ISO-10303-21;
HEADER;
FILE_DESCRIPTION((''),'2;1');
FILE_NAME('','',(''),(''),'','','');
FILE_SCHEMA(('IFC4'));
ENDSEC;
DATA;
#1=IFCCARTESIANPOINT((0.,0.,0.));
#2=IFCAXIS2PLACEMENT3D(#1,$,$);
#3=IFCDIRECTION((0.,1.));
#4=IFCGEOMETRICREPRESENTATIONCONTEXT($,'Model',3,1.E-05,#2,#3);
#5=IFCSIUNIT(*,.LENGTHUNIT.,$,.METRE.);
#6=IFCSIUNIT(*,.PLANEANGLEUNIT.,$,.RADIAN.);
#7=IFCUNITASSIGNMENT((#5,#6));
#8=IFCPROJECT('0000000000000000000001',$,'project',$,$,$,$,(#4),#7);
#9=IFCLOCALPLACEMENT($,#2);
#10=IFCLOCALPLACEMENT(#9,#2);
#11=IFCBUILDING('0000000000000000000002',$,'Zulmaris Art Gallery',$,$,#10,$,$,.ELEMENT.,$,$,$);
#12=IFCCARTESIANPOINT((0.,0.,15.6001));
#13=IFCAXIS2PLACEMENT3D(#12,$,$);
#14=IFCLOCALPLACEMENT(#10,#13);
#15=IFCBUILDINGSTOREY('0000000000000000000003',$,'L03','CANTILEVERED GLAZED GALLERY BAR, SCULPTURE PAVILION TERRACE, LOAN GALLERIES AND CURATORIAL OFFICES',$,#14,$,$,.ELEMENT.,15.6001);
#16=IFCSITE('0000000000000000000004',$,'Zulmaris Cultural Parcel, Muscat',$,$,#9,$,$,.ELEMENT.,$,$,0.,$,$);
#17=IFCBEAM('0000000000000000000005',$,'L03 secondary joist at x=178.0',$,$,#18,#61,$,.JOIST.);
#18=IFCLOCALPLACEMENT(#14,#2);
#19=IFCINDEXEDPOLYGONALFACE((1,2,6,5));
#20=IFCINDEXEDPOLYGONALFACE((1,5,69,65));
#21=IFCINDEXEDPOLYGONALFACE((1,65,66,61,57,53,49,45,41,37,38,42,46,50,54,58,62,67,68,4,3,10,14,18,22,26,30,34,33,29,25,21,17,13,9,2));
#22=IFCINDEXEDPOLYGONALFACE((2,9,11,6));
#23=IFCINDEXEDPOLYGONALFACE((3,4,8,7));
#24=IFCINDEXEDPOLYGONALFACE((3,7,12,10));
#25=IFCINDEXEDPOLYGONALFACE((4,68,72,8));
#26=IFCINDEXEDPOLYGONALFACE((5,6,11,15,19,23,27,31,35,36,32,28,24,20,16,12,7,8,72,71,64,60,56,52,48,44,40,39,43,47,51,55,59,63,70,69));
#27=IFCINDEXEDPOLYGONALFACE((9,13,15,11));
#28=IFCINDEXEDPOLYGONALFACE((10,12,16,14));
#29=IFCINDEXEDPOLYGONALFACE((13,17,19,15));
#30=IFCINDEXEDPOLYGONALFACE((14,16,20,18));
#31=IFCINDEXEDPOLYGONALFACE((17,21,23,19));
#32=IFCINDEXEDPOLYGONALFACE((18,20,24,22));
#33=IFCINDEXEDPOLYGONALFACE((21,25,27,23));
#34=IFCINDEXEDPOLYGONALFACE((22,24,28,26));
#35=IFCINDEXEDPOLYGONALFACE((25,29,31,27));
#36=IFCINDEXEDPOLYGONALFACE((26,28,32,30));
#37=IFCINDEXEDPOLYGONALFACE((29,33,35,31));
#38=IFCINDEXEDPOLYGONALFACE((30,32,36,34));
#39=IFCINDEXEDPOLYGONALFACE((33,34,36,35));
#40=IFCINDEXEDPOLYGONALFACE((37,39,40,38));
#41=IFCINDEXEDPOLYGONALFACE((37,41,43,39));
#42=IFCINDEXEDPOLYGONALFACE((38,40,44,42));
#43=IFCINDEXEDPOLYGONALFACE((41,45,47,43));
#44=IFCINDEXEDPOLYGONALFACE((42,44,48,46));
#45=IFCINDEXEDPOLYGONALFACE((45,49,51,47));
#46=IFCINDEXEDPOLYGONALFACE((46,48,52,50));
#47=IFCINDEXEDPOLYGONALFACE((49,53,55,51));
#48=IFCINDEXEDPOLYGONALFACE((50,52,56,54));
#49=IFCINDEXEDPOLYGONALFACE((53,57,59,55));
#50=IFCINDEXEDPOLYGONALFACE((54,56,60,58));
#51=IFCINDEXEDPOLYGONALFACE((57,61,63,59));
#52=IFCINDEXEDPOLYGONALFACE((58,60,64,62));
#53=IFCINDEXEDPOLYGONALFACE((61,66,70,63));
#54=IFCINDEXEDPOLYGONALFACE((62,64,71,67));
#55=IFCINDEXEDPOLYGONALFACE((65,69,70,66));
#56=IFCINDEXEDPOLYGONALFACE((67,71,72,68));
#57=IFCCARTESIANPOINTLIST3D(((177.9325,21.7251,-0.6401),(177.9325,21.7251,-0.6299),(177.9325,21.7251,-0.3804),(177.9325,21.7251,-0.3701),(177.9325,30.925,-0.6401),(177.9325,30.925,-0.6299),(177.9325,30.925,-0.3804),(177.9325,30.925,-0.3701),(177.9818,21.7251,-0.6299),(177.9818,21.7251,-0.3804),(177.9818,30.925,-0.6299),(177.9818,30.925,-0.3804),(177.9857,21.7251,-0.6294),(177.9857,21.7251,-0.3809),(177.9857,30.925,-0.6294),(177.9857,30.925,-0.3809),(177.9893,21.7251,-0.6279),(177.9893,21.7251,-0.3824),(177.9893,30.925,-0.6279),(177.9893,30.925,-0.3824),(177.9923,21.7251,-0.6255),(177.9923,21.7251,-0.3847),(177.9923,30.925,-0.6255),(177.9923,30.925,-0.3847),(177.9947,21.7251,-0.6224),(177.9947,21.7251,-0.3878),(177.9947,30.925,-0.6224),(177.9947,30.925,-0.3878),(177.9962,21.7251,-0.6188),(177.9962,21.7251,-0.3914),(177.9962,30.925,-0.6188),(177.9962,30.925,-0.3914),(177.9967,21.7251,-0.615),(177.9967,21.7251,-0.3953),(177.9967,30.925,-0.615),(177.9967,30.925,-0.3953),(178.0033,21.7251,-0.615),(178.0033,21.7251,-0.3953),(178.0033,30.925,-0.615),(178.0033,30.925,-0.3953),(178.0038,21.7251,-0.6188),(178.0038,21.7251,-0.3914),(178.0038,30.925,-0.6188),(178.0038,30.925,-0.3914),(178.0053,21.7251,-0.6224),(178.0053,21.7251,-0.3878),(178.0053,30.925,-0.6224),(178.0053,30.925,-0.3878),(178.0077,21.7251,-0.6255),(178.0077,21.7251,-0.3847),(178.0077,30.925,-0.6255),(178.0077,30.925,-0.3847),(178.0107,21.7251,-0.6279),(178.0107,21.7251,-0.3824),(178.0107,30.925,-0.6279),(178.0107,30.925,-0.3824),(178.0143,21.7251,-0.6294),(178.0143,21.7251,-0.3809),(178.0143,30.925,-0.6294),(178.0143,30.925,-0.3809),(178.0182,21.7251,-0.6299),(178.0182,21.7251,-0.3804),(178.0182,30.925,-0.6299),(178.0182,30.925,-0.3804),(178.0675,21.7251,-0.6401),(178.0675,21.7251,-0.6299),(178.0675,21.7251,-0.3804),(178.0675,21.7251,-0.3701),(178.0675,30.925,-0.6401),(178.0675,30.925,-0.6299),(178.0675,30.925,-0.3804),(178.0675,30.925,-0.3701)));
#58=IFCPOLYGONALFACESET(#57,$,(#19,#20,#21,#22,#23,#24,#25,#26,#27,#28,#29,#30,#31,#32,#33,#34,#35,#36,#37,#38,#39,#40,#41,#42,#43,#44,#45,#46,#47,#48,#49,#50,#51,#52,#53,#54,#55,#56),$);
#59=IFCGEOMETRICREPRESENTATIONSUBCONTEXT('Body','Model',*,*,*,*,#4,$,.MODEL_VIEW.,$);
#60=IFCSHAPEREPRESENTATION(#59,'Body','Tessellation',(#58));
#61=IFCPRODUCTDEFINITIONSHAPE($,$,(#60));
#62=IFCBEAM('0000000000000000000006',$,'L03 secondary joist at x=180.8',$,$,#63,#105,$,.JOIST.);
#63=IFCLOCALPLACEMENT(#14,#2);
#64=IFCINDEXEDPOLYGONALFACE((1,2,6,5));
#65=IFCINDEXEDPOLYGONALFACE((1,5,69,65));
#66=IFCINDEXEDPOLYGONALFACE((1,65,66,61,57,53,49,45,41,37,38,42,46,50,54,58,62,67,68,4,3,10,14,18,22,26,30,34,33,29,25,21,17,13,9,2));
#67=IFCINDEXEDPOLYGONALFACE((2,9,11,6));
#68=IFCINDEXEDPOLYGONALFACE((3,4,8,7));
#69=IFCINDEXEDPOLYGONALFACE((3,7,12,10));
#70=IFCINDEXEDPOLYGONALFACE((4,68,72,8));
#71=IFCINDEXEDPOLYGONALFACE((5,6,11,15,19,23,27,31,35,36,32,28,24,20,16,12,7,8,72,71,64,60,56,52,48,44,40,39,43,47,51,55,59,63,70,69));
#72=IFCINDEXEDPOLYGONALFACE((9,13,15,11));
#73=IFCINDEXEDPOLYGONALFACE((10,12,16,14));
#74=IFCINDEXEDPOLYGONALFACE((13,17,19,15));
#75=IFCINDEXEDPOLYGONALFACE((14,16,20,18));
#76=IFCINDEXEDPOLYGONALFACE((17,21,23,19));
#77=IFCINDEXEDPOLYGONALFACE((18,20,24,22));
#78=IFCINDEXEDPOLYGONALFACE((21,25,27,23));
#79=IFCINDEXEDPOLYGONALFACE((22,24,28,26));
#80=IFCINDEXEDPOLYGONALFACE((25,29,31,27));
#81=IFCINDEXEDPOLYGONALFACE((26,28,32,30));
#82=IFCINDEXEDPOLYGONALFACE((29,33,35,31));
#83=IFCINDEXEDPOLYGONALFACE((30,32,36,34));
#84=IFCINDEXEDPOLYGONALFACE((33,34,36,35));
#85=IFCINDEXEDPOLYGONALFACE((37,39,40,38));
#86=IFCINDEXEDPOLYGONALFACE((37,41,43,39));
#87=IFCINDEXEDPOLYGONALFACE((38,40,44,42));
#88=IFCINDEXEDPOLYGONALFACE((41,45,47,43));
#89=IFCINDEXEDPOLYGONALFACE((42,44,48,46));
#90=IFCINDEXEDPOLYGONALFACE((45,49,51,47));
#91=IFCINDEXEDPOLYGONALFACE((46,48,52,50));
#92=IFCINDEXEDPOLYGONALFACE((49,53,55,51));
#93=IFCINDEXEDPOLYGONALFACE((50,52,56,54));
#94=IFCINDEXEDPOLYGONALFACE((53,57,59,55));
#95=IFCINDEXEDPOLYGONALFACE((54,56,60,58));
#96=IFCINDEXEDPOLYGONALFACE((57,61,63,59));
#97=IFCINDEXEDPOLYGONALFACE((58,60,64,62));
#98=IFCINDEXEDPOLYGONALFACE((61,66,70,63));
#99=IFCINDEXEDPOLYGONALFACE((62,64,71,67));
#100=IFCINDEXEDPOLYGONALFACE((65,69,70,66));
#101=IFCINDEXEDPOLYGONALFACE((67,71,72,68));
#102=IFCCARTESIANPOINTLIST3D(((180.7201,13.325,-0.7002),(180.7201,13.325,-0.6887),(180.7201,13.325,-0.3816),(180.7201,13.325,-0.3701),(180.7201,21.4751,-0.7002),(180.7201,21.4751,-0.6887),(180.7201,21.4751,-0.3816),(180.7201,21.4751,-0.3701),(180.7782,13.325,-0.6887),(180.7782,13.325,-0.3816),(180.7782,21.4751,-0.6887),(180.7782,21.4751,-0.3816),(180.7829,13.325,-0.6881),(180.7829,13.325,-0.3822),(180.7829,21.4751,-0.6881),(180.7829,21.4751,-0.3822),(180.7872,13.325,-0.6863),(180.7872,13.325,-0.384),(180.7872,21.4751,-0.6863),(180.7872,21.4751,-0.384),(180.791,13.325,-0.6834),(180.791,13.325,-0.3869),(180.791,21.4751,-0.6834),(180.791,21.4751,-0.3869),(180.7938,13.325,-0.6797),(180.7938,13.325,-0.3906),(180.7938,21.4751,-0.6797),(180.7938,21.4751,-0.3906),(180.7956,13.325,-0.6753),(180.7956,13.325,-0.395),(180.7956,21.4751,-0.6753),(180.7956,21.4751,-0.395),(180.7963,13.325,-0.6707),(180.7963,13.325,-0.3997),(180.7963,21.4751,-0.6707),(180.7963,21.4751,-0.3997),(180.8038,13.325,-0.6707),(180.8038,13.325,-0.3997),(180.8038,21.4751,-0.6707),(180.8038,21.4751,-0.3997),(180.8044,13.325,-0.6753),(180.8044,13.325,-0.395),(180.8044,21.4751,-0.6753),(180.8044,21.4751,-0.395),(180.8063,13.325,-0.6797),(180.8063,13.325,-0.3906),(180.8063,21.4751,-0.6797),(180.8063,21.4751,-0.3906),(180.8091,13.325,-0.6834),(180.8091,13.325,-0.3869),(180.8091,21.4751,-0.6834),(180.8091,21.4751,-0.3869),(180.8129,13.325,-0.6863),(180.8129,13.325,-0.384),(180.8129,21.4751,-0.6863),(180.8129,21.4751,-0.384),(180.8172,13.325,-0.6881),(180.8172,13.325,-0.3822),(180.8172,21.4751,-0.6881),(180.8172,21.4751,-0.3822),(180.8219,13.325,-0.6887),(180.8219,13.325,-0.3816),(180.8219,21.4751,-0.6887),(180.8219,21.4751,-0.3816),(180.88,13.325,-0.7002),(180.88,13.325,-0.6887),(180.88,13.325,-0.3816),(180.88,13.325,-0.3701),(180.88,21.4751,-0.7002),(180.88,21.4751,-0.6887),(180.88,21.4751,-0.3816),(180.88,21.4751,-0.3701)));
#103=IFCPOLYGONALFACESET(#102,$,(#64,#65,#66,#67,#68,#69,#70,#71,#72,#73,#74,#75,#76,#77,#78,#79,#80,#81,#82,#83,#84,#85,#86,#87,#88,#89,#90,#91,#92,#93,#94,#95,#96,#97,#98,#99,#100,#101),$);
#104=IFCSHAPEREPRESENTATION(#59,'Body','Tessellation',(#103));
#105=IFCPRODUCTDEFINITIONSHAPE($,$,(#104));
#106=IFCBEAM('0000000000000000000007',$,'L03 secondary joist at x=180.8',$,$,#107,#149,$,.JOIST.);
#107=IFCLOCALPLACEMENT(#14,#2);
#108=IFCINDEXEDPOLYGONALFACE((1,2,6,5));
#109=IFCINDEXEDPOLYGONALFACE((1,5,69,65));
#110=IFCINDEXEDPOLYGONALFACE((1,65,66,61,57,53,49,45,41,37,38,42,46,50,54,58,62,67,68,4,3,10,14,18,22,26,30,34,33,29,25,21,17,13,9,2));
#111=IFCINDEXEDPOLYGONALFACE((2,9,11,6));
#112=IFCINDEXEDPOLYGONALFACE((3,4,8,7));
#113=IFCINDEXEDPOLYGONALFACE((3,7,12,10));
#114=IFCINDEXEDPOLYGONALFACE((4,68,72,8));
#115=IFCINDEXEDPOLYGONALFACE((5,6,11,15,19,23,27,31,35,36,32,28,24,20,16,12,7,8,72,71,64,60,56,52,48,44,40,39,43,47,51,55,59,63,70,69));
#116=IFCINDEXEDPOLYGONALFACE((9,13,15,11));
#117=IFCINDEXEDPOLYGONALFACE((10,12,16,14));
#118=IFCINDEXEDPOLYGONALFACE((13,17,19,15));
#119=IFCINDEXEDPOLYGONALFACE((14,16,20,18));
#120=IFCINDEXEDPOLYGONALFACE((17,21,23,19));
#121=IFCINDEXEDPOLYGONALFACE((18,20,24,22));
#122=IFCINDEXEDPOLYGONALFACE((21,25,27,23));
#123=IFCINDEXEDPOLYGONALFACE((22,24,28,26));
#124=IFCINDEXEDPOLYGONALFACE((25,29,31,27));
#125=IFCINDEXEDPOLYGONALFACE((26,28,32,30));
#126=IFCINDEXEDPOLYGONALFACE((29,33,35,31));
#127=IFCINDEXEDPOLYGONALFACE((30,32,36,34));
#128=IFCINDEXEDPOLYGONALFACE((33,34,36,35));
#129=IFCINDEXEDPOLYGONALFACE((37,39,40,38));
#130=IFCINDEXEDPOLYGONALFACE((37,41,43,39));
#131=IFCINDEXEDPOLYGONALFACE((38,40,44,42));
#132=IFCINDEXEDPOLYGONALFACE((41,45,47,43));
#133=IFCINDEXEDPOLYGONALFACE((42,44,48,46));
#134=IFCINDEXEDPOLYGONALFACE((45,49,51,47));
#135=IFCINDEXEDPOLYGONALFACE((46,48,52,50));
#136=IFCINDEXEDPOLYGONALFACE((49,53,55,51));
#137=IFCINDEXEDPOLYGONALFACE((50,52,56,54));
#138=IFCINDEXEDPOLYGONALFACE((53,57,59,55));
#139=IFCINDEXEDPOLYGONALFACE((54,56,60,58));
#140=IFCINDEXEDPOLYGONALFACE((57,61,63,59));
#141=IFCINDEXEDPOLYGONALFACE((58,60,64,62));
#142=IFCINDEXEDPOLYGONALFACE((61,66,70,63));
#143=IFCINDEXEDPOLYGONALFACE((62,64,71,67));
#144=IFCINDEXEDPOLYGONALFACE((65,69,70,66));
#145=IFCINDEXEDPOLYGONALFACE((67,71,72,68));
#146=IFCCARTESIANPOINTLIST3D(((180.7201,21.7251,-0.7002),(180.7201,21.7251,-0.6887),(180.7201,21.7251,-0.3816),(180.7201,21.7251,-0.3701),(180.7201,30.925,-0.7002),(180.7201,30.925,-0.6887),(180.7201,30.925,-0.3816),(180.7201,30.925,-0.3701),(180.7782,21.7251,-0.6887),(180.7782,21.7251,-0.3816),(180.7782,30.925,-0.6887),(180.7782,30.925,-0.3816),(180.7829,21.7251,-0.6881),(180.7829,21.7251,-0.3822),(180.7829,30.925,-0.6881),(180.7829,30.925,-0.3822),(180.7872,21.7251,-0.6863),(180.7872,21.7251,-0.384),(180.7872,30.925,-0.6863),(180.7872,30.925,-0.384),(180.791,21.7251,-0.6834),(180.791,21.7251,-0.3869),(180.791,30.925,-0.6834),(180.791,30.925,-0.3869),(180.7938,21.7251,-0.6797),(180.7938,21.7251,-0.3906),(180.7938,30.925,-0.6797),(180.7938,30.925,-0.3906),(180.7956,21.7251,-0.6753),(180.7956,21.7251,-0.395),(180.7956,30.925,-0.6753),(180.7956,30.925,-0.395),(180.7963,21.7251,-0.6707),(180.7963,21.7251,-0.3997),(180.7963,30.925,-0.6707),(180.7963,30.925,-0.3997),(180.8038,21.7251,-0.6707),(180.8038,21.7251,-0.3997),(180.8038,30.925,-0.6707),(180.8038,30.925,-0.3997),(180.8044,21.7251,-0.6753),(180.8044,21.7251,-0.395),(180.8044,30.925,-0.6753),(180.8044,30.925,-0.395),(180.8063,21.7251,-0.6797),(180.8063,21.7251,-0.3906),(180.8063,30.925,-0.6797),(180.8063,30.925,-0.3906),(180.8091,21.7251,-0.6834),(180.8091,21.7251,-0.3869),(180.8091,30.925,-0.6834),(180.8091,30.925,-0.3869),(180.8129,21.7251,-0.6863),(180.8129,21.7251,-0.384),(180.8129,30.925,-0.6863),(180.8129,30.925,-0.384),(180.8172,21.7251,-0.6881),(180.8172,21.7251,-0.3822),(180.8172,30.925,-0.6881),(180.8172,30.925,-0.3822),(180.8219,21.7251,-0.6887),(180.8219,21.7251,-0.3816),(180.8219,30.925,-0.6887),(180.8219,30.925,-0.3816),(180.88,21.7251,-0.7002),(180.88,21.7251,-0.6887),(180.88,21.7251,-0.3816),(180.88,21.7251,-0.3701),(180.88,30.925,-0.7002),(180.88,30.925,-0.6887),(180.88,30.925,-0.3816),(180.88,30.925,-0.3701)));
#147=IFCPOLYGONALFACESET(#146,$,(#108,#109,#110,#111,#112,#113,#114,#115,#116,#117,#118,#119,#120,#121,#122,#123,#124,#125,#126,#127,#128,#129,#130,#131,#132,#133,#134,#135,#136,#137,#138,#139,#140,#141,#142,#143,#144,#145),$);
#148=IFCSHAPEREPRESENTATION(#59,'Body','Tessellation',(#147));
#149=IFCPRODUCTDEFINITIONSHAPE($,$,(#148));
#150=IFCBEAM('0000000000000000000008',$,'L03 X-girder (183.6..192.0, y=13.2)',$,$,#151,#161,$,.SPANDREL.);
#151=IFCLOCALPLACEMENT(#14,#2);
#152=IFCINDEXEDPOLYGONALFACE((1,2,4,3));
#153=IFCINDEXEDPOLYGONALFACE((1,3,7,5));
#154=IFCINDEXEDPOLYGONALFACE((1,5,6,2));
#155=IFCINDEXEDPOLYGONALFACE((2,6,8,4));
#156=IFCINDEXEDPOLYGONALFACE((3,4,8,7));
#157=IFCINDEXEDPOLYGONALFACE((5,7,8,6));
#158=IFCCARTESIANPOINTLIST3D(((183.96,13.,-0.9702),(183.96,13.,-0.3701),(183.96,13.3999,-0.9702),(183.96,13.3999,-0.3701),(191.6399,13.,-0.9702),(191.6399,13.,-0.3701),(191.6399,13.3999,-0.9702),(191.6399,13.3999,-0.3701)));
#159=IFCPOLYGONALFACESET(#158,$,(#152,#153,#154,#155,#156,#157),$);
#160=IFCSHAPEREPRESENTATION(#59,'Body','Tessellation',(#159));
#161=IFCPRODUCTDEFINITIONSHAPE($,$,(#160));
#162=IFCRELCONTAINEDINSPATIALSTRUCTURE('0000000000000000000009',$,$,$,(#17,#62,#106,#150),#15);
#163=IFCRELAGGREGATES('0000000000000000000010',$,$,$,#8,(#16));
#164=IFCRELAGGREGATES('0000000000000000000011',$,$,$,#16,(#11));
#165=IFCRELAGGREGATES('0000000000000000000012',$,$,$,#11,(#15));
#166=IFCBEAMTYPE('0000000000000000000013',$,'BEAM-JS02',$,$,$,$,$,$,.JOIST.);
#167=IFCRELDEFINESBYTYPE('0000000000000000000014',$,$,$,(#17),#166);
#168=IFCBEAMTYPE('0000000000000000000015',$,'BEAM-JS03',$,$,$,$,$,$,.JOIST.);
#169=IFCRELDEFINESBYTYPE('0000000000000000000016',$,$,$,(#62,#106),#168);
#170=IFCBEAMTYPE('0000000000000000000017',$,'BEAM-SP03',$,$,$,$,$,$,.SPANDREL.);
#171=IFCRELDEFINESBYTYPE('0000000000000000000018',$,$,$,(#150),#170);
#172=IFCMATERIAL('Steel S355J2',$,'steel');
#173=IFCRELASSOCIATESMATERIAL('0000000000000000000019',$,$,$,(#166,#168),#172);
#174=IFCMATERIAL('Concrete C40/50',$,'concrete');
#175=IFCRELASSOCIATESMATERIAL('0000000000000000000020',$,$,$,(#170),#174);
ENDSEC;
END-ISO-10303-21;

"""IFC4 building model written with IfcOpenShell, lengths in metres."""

from ifc_helpers import new_model, si_unit, direction, frame, origin, origin_2d, place, context, subcontext, project, spatial, rectangle, i_section, extrude, material, material_profile, profile_set, type_object, element, save


model = new_model("IFC4")

# Units and contexts
model_context = context("Model", 3, precision=1e-05, world=origin(), true_north=direction((0.0, 1.0)))
body_context = subcontext(model_context, "Body", "Model", "MODEL_VIEW")
ifc_project = project(units=[si_unit("LENGTHUNIT", "METRE"), si_unit("PLANEANGLEUNIT", "RADIAN")], contexts=[model_context])

# Site, building, storey
site_placement = place(None, origin())
site = spatial("IfcSite", under=ifc_project, at=site_placement, Name="Zulmaris Cultural Parcel, Muscat", CompositionType="ELEMENT", RefElevation=0.0)
building_placement = place(site_placement, origin())
building = spatial("IfcBuilding", under=site, at=building_placement, Name="Zulmaris Art Gallery", CompositionType="ELEMENT")
storey_placement = place(building_placement, frame((0.0, 0.0, 15.6001)))
storey = spatial("IfcBuildingStorey", under=building, at=storey_placement, Name="L03", Description="CANTILEVERED GLAZED GALLERY BAR, SCULPTURE PAVILION TERRACE, LOAN GALLERIES AND CURATORIAL OFFICES", CompositionType="ELEMENT", Elevation=15.6001)

# Shared definitions
ifc_material_1 = material(Name="Concrete C40/50", Category="concrete")

# Beams
ifc_material_2 = material(Name="Steel S355J2", Category="steel")
ifc_material_profile_1 = material_profile(ifc_material_2, i_section(OverallWidth=0.135, OverallDepth=0.27, WebThickness=0.0066, FlangeThickness=0.0103, FilletRadius=0.0149, at=origin_2d()), Name="IPE 270")
ifc_profile_set_1 = profile_set([ifc_material_profile_1], Name="Steel S355J2")
beam_type_1 = type_object("IfcBeamType", Name="BEAM-JS02", PredefinedType="JOIST", material=ifc_profile_set_1)
beam_1_placement = place(storey_placement, frame((178.0, 21.7251, -0.5051), z_axis=(0.0, 1.0, 0.0), x_axis=(-1.0, 0.0, 0.0)))
element("IfcBeam", 1, at=beam_1_placement, inside=storey, type_object=beam_type_1, Name="L03 secondary joist at x=178.0", PredefinedType="JOIST", context=body_context, shape_type="SweptSolid", body=[
    extrude(i_section(OverallWidth=0.135, OverallDepth=0.27, WebThickness=0.0066, FlangeThickness=0.0103, FilletRadius=0.0149, at=origin_2d()), origin(), (0.0, 0.0, 1.0), 9.2),
])
ifc_material_profile_2 = material_profile(ifc_material_2, i_section(OverallWidth=0.1599, OverallDepth=0.3301, WebThickness=0.0076, FlangeThickness=0.0115, FilletRadius=0.0181, at=origin_2d()), Name="IPE 330")
ifc_profile_set_2 = profile_set([ifc_material_profile_2], Name="Steel S355J2")
beam_type_2 = type_object("IfcBeamType", Name="BEAM-JS03", PredefinedType="JOIST", material=ifc_profile_set_2)
beam_2_placement = place(storey_placement, frame((180.8, 13.325, -0.5352), z_axis=(0.0, 1.0, 0.0), x_axis=(-1.0, 0.0, 0.0)))
element("IfcBeam", 2, at=beam_2_placement, inside=storey, type_object=beam_type_2, Name="L03 secondary joist at x=180.8", PredefinedType="JOIST", context=body_context, shape_type="SweptSolid", body=[
    extrude(i_section(OverallWidth=0.1599, OverallDepth=0.3301, WebThickness=0.0076, FlangeThickness=0.0115, FilletRadius=0.0181, at=origin_2d()), origin(), (0.0, 0.0, 1.0), 8.1501),
])
beam_3_placement = place(storey_placement, frame((180.8, 21.7251, -0.5352), z_axis=(0.0, 1.0, 0.0), x_axis=(-1.0, 0.0, 0.0)))
element("IfcBeam", 3, at=beam_3_placement, inside=storey, type_object=beam_type_2, Name="L03 secondary joist at x=180.8", PredefinedType="JOIST", context=body_context, shape_type="SweptSolid", body=[
    extrude(i_section(OverallWidth=0.1599, OverallDepth=0.3301, WebThickness=0.0076, FlangeThickness=0.0115, FilletRadius=0.0181, at=origin_2d()), origin(), (0.0, 0.0, 1.0), 9.2),
])
ifc_material_profile_3 = material_profile(ifc_material_1, rectangle(XDim=0.3999, YDim=0.6001, at=origin_2d()), Name="RC 400x600")
ifc_profile_set_3 = profile_set([ifc_material_profile_3], Name="Concrete C40/50")
beam_type_3 = type_object("IfcBeamType", Name="BEAM-SP03", PredefinedType="SPANDREL", material=ifc_profile_set_3)
beam_4_placement = place(storey_placement, frame((183.96, 13.2, -0.6702), z_axis=(1.0, 0.0, 0.0), x_axis=(0.0, 1.0, 0.0)))
element("IfcBeam", 4, at=beam_4_placement, inside=storey, type_object=beam_type_3, Name="L03 X-girder (183.6..192.0, y=13.2)", PredefinedType="SPANDREL", context=body_context, shape_type="SweptSolid", body=[
    extrude(rectangle(XDim=0.3999, YDim=0.6001, at=origin_2d()), origin(), (0.0, 0.0, 1.0), 7.6799),
])

save(model, "model.ifc")
